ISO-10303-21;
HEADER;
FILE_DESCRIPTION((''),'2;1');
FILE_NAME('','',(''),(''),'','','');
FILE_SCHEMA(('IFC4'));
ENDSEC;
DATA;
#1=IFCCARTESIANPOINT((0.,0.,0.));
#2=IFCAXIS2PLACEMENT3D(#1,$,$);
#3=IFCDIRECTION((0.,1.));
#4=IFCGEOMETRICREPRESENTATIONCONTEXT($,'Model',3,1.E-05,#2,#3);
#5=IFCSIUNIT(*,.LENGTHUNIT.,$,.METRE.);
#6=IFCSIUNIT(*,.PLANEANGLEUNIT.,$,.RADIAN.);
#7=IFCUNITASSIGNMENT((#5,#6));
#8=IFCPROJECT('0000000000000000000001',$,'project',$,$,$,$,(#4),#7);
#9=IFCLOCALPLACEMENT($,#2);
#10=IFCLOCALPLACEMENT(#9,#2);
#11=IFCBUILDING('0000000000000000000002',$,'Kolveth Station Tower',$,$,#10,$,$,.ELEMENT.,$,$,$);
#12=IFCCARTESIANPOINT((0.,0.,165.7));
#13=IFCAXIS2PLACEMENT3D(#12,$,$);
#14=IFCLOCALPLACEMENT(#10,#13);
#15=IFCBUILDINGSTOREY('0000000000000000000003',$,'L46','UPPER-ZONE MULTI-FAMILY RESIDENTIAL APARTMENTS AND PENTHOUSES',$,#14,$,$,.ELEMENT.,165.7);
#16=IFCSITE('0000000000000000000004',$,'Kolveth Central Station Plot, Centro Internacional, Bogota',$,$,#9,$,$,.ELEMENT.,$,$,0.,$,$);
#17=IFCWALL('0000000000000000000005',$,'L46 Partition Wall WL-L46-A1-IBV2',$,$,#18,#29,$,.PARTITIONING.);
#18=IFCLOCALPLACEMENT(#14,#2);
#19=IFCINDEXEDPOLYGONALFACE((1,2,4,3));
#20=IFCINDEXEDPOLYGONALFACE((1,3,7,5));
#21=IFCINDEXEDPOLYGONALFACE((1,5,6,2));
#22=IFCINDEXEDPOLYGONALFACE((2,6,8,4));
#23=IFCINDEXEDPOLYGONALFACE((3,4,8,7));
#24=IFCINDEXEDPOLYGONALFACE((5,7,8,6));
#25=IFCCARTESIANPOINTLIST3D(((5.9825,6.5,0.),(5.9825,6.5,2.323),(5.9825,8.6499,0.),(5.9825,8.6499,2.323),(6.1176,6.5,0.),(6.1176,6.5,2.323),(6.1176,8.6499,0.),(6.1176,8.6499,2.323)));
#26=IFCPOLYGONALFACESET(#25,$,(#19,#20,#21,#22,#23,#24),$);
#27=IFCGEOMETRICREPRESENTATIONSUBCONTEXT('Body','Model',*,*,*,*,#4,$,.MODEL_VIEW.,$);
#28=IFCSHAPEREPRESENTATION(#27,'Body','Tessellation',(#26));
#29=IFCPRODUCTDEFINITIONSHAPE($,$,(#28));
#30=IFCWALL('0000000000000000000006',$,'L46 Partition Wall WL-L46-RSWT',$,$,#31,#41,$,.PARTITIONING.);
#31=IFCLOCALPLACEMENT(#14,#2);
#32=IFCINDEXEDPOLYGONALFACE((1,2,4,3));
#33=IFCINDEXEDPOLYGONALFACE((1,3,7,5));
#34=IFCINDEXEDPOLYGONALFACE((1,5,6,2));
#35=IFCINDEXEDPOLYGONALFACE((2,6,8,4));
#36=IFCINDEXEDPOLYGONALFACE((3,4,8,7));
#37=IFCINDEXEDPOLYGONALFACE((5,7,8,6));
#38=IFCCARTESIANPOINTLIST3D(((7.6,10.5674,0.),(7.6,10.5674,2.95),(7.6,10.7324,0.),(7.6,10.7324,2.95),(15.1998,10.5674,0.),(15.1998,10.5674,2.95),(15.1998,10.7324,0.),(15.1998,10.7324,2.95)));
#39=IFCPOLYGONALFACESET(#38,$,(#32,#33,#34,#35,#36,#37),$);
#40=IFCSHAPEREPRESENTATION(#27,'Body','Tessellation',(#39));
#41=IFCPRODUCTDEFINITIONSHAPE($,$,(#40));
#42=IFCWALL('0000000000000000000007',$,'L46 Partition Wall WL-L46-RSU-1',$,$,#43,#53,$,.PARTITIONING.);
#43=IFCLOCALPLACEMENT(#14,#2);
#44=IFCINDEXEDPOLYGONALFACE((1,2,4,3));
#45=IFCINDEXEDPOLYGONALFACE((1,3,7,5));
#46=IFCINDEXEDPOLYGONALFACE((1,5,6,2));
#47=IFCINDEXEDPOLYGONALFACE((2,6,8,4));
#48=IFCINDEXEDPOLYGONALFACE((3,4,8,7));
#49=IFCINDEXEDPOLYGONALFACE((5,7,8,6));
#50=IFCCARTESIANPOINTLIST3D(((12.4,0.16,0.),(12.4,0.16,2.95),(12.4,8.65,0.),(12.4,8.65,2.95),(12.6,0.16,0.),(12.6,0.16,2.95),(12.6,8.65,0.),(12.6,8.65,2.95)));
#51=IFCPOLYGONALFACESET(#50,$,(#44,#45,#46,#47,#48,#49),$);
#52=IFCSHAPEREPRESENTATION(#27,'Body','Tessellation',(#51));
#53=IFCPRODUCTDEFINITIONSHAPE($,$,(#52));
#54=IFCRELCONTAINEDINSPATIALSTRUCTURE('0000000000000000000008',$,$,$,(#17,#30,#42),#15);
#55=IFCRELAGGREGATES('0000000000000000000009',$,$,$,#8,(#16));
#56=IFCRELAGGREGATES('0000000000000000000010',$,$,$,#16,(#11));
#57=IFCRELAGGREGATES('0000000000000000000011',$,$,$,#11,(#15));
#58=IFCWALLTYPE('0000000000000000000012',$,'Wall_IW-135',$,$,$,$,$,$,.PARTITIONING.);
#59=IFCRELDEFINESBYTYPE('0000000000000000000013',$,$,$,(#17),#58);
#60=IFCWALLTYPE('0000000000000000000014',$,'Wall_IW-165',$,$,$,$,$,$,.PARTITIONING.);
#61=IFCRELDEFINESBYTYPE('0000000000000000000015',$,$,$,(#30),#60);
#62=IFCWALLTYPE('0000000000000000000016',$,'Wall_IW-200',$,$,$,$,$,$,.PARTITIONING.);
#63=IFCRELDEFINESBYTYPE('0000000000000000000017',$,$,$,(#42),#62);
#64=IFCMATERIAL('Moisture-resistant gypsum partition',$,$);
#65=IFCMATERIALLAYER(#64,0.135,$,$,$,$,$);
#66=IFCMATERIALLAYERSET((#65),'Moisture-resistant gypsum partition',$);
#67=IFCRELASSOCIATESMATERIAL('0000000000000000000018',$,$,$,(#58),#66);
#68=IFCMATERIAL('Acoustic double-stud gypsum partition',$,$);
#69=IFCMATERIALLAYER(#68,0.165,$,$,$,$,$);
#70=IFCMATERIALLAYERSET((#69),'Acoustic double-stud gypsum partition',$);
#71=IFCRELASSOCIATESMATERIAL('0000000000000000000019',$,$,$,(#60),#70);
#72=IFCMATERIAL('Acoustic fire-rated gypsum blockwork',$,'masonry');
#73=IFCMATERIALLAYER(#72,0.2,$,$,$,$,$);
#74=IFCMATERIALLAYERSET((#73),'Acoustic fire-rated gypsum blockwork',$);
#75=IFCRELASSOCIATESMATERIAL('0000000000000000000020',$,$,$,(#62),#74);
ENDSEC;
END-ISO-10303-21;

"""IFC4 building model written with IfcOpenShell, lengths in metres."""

from ifc_helpers import new_model, si_unit, direction, frame, frame_2d, origin, place, context, subcontext, project, spatial, rectangle, extrude, material, layer, layer_set, type_object, element, save


model = new_model("IFC4")

# Units and contexts
model_context = context("Model", 3, precision=1e-05, world=origin(), true_north=direction((0.0, 1.0)))
body_context = subcontext(model_context, "Body", "Model", "MODEL_VIEW")
ifc_project = project(units=[si_unit("LENGTHUNIT", "METRE"), si_unit("PLANEANGLEUNIT", "RADIAN")], contexts=[model_context])

# Site, building, storey
site_placement = place(None, origin())
site = spatial("IfcSite", under=ifc_project, at=site_placement, Name="Kolveth Central Station Plot, Centro Internacional, Bogota", CompositionType="ELEMENT", RefElevation=0.0)
building_placement = place(site_placement, origin())
building = spatial("IfcBuilding", under=site, at=building_placement, Name="Kolveth Station Tower", CompositionType="ELEMENT")
storey_placement = place(building_placement, frame((0.0, 0.0, 165.7)))
storey = spatial("IfcBuildingStorey", under=building, at=storey_placement, Name="L46", Description="UPPER-ZONE MULTI-FAMILY RESIDENTIAL APARTMENTS AND PENTHOUSES", CompositionType="ELEMENT", Elevation=165.7)

# Walls
ifc_material_1 = material(Name="Moisture-resistant gypsum partition")
ifc_layer_1 = layer(ifc_material_1, 0.135)
ifc_layer_set_1 = layer_set([ifc_layer_1], Name="Moisture-resistant gypsum partition")
wall_type_1 = type_object("IfcWallType", Name="Wall_IW-135", PredefinedType="PARTITIONING", material=ifc_layer_set_1)
wall_1_placement = place(storey_placement, frame((6.05, 6.5, 0.0), z_axis=(0.0, 0.0, 1.0), x_axis=(0.0, 1.0, 0.0)))
element("IfcWall", 1, at=wall_1_placement, inside=storey, type_object=wall_type_1, Name="L46 Partition Wall WL-L46-A1-IBV2", PredefinedType="PARTITIONING", context=body_context, shape_type="SweptSolid", body=[
    extrude(rectangle(XDim=2.1499, YDim=0.135, at=frame_2d((1.075, 0.0))), origin(), (0.0, 0.0, 1.0), 2.323),
])
ifc_material_2 = material(Name="Acoustic double-stud gypsum partition")
ifc_layer_2 = layer(ifc_material_2, 0.165)
ifc_layer_set_2 = layer_set([ifc_layer_2], Name="Acoustic double-stud gypsum partition")
wall_type_2 = type_object("IfcWallType", Name="Wall_IW-165", PredefinedType="PARTITIONING", material=ifc_layer_set_2)
wall_2_placement = place(storey_placement, frame((7.6001, 10.6499, 0.0), z_axis=(0.0, 0.0, 1.0), x_axis=(1.0, 0.0, 0.0)))
element("IfcWall", 2, at=wall_2_placement, inside=storey, type_object=wall_type_2, Name="L46 Partition Wall WL-L46-RSWT", PredefinedType="PARTITIONING", context=body_context, shape_type="SweptSolid", body=[
    extrude(rectangle(XDim=7.5999, YDim=0.165, at=frame_2d((3.7998, 0.0))), origin(), (0.0, 0.0, 1.0), 2.95),
])

# Wall
ifc_material_3 = material(Name="Acoustic fire-rated gypsum blockwork", Category="masonry")
ifc_layer_3 = layer(ifc_material_3, 0.2)
ifc_layer_set_3 = layer_set([ifc_layer_3], Name="Acoustic fire-rated gypsum blockwork")
wall_type_3 = type_object("IfcWallType", Name="Wall_IW-200", PredefinedType="PARTITIONING", material=ifc_layer_set_3)
wall_3_placement = place(storey_placement, frame((12.5, 0.1599, 0.0), z_axis=(0.0, 0.0, 1.0), x_axis=(0.0, 1.0, 0.0)))
element("IfcWall", 3, at=wall_3_placement, inside=storey, type_object=wall_type_3, Name="L46 Partition Wall WL-L46-RSU-1", PredefinedType="PARTITIONING", context=body_context, shape_type="SweptSolid", body=[
    extrude(rectangle(XDim=8.49, YDim=0.2, at=frame_2d((4.2451, 0.0))), origin(), (0.0, 0.0, 1.0), 2.95),
])

save(model, "model.ifc")
